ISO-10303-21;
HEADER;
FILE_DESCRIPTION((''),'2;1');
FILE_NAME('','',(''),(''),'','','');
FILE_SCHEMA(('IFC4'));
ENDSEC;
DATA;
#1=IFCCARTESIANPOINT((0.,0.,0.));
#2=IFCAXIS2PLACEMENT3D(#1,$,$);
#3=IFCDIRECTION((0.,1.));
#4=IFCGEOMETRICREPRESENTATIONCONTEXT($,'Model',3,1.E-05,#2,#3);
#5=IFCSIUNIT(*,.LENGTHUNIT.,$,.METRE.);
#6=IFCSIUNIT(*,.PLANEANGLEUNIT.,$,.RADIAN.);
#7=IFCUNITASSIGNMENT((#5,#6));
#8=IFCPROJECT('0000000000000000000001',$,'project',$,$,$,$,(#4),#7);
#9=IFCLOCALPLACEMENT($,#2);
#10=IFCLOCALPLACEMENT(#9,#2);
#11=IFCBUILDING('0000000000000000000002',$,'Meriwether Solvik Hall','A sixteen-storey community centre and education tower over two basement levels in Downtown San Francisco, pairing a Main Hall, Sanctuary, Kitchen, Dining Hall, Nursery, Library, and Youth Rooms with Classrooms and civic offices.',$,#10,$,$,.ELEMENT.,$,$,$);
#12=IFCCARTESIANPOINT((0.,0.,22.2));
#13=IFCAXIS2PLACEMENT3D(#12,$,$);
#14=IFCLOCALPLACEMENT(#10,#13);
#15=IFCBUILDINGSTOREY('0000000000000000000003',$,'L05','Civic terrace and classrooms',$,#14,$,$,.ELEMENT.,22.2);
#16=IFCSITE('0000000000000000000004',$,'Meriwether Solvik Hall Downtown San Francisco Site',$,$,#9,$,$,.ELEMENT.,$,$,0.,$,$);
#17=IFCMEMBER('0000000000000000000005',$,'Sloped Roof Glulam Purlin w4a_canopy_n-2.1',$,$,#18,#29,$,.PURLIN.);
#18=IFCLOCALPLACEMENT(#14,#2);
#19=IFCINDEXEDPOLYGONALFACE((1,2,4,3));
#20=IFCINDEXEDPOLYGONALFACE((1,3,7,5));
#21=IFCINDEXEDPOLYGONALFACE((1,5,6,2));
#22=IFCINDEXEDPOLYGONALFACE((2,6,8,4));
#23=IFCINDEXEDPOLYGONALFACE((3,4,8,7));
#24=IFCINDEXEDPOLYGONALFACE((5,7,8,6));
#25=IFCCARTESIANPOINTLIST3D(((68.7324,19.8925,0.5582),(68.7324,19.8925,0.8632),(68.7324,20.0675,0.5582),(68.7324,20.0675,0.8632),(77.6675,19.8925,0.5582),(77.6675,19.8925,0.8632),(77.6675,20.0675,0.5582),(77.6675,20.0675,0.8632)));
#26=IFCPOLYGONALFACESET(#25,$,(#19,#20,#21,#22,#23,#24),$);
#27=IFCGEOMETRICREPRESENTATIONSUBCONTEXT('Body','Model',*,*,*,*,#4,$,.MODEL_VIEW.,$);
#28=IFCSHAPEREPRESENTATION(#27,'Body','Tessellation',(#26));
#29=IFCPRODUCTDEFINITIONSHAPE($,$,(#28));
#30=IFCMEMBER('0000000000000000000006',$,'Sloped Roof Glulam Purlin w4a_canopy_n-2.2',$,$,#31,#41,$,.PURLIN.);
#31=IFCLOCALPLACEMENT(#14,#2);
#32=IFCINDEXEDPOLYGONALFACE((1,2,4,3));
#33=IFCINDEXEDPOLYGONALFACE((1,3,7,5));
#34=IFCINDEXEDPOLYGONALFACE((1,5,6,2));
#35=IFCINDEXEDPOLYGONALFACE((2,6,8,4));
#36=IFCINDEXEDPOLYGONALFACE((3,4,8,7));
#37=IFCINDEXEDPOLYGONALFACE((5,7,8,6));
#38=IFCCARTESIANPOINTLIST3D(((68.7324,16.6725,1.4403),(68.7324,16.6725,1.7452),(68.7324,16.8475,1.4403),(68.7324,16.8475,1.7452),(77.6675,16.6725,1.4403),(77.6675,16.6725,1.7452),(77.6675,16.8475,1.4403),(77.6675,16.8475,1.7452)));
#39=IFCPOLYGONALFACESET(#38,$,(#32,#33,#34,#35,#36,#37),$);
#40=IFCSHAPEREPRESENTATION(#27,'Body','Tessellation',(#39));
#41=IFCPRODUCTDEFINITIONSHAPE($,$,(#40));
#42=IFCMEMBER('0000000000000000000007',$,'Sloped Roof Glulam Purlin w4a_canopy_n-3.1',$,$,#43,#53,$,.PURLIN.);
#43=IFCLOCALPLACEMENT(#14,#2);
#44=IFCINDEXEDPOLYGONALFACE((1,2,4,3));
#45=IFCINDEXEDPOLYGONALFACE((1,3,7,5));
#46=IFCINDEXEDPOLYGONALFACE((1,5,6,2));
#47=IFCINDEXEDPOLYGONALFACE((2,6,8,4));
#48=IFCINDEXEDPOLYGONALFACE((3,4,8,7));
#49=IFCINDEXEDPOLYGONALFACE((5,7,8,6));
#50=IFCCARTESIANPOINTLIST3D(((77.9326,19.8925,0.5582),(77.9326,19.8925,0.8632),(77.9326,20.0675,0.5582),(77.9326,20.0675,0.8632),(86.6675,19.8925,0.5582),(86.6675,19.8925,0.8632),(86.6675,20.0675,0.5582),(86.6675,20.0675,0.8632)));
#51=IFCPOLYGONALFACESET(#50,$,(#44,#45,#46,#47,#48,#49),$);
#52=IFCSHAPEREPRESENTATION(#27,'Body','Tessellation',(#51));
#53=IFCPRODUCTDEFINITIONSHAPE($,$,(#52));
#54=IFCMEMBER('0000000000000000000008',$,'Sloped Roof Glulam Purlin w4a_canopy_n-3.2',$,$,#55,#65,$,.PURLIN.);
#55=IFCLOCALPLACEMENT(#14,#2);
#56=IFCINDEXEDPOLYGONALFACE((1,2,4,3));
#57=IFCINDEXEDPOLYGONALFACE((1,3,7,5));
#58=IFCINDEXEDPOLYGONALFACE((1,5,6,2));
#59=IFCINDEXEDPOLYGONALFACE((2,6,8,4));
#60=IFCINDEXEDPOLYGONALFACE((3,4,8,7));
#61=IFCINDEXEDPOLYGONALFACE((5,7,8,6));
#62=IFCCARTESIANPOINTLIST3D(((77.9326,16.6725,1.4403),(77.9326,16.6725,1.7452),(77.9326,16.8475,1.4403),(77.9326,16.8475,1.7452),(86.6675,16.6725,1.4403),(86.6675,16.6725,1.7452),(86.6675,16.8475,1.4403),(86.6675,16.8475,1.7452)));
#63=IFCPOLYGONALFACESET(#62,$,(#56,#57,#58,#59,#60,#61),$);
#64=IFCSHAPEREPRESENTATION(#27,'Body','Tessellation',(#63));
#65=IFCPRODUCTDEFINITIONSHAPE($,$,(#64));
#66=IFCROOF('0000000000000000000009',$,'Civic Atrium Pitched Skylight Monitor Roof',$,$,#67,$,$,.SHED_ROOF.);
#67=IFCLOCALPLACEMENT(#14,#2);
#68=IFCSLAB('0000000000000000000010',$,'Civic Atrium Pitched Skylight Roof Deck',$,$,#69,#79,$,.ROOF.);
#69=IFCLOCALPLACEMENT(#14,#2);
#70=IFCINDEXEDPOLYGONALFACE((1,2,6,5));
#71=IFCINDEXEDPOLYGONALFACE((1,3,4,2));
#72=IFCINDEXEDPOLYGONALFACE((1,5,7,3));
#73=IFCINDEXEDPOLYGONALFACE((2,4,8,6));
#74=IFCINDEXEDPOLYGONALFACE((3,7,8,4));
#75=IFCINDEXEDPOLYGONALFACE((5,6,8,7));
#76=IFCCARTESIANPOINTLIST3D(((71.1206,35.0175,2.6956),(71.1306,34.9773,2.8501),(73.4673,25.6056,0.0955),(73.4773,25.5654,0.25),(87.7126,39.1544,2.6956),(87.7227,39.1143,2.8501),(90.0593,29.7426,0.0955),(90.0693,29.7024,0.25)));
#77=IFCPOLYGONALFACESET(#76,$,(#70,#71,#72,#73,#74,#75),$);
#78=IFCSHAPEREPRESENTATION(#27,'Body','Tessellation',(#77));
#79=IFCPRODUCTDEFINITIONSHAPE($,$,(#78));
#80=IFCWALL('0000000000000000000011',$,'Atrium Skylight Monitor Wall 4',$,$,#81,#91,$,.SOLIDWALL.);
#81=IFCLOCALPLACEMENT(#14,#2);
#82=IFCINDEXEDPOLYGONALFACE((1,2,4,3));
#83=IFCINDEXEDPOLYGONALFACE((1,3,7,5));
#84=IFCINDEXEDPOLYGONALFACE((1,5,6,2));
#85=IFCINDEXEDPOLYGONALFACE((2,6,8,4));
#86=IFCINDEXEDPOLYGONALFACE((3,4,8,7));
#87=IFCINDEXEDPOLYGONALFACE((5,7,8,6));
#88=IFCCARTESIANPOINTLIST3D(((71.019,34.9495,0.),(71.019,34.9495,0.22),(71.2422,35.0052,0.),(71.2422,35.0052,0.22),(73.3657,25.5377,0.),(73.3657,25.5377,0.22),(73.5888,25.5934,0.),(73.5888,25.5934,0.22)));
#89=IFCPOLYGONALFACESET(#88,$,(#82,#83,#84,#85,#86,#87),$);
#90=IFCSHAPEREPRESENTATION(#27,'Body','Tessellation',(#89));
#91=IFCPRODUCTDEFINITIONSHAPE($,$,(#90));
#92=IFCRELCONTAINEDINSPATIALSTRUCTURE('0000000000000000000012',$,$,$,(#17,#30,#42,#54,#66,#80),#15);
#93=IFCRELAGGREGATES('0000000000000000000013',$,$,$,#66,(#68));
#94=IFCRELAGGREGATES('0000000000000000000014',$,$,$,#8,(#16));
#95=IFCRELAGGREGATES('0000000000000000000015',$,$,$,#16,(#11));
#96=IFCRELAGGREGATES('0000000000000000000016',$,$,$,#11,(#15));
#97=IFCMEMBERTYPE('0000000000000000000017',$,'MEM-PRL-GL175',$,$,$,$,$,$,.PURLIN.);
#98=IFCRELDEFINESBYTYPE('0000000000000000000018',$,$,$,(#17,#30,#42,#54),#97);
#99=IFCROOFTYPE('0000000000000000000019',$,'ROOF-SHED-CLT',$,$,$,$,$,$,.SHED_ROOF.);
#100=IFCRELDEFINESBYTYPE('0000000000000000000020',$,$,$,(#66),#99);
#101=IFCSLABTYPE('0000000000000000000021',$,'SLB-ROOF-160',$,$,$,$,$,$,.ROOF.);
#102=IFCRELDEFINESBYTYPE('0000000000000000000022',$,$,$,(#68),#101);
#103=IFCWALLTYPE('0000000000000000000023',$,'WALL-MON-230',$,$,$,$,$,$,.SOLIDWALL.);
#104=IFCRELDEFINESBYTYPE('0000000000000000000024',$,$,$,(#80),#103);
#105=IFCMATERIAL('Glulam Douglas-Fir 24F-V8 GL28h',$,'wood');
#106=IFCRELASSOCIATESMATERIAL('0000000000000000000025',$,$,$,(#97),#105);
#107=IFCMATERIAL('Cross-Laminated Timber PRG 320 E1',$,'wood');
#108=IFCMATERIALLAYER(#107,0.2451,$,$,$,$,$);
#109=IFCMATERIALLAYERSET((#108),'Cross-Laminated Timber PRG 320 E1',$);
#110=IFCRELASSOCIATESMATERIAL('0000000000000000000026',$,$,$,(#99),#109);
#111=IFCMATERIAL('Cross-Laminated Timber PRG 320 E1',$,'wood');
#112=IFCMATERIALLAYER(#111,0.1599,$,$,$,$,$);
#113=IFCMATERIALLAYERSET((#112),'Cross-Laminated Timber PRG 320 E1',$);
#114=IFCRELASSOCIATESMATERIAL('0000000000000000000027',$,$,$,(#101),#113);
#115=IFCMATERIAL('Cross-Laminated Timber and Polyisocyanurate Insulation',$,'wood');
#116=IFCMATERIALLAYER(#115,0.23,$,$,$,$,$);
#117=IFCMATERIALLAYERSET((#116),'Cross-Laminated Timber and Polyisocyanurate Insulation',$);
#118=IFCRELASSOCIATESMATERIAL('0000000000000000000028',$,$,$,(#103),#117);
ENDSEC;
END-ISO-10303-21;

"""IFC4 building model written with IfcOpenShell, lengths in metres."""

from ifc_helpers import new_model, si_unit, direction, frame, frame_2d, origin, origin_2d, place, context, subcontext, project, spatial, polyline, rectangle, outline, extrude, material, layer, layer_set, material_profile, profile_set, type_object, element, aggregate, save


model = new_model("IFC4")

# Units and contexts
model_context = context("Model", 3, precision=1e-05, world=origin(), true_north=direction((0.0, 1.0)))
body_context = subcontext(model_context, "Body", "Model", "MODEL_VIEW")
ifc_project = project(units=[si_unit("LENGTHUNIT", "METRE"), si_unit("PLANEANGLEUNIT", "RADIAN")], contexts=[model_context])

# Site, building, storey
site_placement = place(None, origin())
site = spatial("IfcSite", under=ifc_project, at=site_placement, Name="Meriwether Solvik Hall Downtown San Francisco Site", CompositionType="ELEMENT", RefElevation=0.0)
building_placement = place(site_placement, origin())
building = spatial("IfcBuilding", under=site, at=building_placement, Name="Meriwether Solvik Hall", Description="A sixteen-storey community centre and education tower over two basement levels in Downtown San Francisco, pairing a Main Hall, Sanctuary, Kitchen, Dining Hall, Nursery, Library, and Youth Rooms with Classrooms and civic offices.", CompositionType="ELEMENT")
storey_placement = place(building_placement, frame((0.0, 0.0, 22.2)))
storey = spatial("IfcBuildingStorey", under=building, at=storey_placement, Name="L05", Description="Civic terrace and classrooms", CompositionType="ELEMENT", Elevation=22.2)

# Members
ifc_material_1 = material(Name="Glulam Douglas-Fir 24F-V8 GL28h", Category="wood")
ifc_material_profile_1 = material_profile(ifc_material_1, rectangle(XDim=0.175, YDim=0.3049, at=origin_2d()), Name="GLM-175X305")
ifc_profile_set_1 = profile_set([ifc_material_profile_1], Name="Glulam Douglas-Fir 24F-V8 GL28h")
member_type = type_object("IfcMemberType", Name="MEM-PRL-GL175", PredefinedType="PURLIN", material=ifc_profile_set_1)
for number, where, z_axis, x_axis, name in (
    (1, (68.7324, 19.98, 0.7107), (1.0, 0.0, 0.0), (0.0, 1.0, 0.0), "Sloped Roof Glulam Purlin w4a_canopy_n-2.1"),
    (2, (68.7324, 16.76, 1.5928), (1.0, 0.0, 0.0), (0.0, 1.0, 0.0), "Sloped Roof Glulam Purlin w4a_canopy_n-2.2"),
):
    element("IfcMember", number, at=place(storey_placement, frame(where, z_axis=z_axis, x_axis=x_axis)), inside=storey, type_object=member_type, Name=name, PredefinedType="PURLIN", context=body_context, shape_type="SweptSolid", body=[
        extrude(rectangle(XDim=0.175, YDim=0.3049, at=origin_2d()), origin(), (0.0, 0.0, 1.0), 8.9351),
    ])
for number, where, z_axis, x_axis, name in (
    (3, (77.9326, 19.98, 0.7107), (1.0, 0.0, 0.0), (0.0, 1.0, 0.0), "Sloped Roof Glulam Purlin w4a_canopy_n-3.1"),
    (4, (77.9326, 16.76, 1.5928), (1.0, 0.0, 0.0), (0.0, 1.0, 0.0), "Sloped Roof Glulam Purlin w4a_canopy_n-3.2"),
):
    element("IfcMember", number, at=place(storey_placement, frame(where, z_axis=z_axis, x_axis=x_axis)), inside=storey, type_object=member_type, Name=name, PredefinedType="PURLIN", context=body_context, shape_type="SweptSolid", body=[
        extrude(rectangle(XDim=0.175, YDim=0.3049, at=origin_2d()), origin(), (0.0, 0.0, 1.0), 8.7349),
    ])

# Roof, slab
ifc_material_2 = material(Name="Cross-Laminated Timber PRG 320 E1", Category="wood")
ifc_layer_1 = layer(ifc_material_2, 0.2451)
ifc_layer_set_1 = layer_set([ifc_layer_1], Name="Cross-Laminated Timber PRG 320 E1")
roof_type = type_object("IfcRoofType", Name="ROOF-SHED-CLT", PredefinedType="SHED_ROOF", material=ifc_layer_set_1)
roof_placement = place(storey_placement, origin())
roof = element("IfcRoof", 5, at=roof_placement, inside=storey, type_object=roof_type, Name="Civic Atrium Pitched Skylight Monitor Roof", PredefinedType="SHED_ROOF")
ifc_material_3 = material(Name="Cross-Laminated Timber PRG 320 E1", Category="wood")
ifc_layer_2 = layer(ifc_material_3, 0.1599)
ifc_layer_set_2 = layer_set([ifc_layer_2], Name="Cross-Laminated Timber PRG 320 E1")
slab_type = type_object("IfcSlabType", Name="SLB-ROOF-160", PredefinedType="ROOF", material=ifc_layer_set_2)
slab_placement = place(storey_placement, frame((73.4773, 25.5654, 0.25), z_axis=(0.062638, -0.25122, 0.965901), x_axis=(0.970294, 0.241928, 0.0)))
slab = element("IfcSlab", 6, at=slab_placement, type_object=slab_type, Name="Civic Atrium Pitched Skylight Roof Deck", PredefinedType="ROOF", context=body_context, shape_type="SweptSolid", body=[
    extrude(outline(polyline([(0.0, 0.0), (17.1, 0.0), (17.1, 10.0424), (0.0, 10.0424), (0.0, 0.0)])), origin(), (0.0, 0.0, -1.0), 0.1599),
])
aggregate(roof, [slab])

# Wall
ifc_material_4 = material(Name="Cross-Laminated Timber and Polyisocyanurate Insulation", Category="wood")
ifc_layer_3 = layer(ifc_material_4, 0.23)
ifc_layer_set_3 = layer_set([ifc_layer_3], Name="Cross-Laminated Timber and Polyisocyanurate Insulation")
wall_type = type_object("IfcWallType", Name="WALL-MON-230", PredefinedType="SOLIDWALL", material=ifc_layer_set_3)
wall_placement = place(storey_placement, frame((73.4773, 25.5654, 0.0), z_axis=(0.0, 0.0, 1.0), x_axis=(-0.241926, 0.970295, 0.0)))
element("IfcWall", 7, at=wall_placement, inside=storey, type_object=wall_type, Name="Atrium Skylight Monitor Wall 4", PredefinedType="SOLIDWALL", context=body_context, shape_type="SweptSolid", body=[
    extrude(rectangle(XDim=9.7, YDim=0.23, at=frame_2d((4.8501, 0.0))), origin(), (0.0, 0.0, 1.0), 0.22),
])

save(model, "model.ifc")
